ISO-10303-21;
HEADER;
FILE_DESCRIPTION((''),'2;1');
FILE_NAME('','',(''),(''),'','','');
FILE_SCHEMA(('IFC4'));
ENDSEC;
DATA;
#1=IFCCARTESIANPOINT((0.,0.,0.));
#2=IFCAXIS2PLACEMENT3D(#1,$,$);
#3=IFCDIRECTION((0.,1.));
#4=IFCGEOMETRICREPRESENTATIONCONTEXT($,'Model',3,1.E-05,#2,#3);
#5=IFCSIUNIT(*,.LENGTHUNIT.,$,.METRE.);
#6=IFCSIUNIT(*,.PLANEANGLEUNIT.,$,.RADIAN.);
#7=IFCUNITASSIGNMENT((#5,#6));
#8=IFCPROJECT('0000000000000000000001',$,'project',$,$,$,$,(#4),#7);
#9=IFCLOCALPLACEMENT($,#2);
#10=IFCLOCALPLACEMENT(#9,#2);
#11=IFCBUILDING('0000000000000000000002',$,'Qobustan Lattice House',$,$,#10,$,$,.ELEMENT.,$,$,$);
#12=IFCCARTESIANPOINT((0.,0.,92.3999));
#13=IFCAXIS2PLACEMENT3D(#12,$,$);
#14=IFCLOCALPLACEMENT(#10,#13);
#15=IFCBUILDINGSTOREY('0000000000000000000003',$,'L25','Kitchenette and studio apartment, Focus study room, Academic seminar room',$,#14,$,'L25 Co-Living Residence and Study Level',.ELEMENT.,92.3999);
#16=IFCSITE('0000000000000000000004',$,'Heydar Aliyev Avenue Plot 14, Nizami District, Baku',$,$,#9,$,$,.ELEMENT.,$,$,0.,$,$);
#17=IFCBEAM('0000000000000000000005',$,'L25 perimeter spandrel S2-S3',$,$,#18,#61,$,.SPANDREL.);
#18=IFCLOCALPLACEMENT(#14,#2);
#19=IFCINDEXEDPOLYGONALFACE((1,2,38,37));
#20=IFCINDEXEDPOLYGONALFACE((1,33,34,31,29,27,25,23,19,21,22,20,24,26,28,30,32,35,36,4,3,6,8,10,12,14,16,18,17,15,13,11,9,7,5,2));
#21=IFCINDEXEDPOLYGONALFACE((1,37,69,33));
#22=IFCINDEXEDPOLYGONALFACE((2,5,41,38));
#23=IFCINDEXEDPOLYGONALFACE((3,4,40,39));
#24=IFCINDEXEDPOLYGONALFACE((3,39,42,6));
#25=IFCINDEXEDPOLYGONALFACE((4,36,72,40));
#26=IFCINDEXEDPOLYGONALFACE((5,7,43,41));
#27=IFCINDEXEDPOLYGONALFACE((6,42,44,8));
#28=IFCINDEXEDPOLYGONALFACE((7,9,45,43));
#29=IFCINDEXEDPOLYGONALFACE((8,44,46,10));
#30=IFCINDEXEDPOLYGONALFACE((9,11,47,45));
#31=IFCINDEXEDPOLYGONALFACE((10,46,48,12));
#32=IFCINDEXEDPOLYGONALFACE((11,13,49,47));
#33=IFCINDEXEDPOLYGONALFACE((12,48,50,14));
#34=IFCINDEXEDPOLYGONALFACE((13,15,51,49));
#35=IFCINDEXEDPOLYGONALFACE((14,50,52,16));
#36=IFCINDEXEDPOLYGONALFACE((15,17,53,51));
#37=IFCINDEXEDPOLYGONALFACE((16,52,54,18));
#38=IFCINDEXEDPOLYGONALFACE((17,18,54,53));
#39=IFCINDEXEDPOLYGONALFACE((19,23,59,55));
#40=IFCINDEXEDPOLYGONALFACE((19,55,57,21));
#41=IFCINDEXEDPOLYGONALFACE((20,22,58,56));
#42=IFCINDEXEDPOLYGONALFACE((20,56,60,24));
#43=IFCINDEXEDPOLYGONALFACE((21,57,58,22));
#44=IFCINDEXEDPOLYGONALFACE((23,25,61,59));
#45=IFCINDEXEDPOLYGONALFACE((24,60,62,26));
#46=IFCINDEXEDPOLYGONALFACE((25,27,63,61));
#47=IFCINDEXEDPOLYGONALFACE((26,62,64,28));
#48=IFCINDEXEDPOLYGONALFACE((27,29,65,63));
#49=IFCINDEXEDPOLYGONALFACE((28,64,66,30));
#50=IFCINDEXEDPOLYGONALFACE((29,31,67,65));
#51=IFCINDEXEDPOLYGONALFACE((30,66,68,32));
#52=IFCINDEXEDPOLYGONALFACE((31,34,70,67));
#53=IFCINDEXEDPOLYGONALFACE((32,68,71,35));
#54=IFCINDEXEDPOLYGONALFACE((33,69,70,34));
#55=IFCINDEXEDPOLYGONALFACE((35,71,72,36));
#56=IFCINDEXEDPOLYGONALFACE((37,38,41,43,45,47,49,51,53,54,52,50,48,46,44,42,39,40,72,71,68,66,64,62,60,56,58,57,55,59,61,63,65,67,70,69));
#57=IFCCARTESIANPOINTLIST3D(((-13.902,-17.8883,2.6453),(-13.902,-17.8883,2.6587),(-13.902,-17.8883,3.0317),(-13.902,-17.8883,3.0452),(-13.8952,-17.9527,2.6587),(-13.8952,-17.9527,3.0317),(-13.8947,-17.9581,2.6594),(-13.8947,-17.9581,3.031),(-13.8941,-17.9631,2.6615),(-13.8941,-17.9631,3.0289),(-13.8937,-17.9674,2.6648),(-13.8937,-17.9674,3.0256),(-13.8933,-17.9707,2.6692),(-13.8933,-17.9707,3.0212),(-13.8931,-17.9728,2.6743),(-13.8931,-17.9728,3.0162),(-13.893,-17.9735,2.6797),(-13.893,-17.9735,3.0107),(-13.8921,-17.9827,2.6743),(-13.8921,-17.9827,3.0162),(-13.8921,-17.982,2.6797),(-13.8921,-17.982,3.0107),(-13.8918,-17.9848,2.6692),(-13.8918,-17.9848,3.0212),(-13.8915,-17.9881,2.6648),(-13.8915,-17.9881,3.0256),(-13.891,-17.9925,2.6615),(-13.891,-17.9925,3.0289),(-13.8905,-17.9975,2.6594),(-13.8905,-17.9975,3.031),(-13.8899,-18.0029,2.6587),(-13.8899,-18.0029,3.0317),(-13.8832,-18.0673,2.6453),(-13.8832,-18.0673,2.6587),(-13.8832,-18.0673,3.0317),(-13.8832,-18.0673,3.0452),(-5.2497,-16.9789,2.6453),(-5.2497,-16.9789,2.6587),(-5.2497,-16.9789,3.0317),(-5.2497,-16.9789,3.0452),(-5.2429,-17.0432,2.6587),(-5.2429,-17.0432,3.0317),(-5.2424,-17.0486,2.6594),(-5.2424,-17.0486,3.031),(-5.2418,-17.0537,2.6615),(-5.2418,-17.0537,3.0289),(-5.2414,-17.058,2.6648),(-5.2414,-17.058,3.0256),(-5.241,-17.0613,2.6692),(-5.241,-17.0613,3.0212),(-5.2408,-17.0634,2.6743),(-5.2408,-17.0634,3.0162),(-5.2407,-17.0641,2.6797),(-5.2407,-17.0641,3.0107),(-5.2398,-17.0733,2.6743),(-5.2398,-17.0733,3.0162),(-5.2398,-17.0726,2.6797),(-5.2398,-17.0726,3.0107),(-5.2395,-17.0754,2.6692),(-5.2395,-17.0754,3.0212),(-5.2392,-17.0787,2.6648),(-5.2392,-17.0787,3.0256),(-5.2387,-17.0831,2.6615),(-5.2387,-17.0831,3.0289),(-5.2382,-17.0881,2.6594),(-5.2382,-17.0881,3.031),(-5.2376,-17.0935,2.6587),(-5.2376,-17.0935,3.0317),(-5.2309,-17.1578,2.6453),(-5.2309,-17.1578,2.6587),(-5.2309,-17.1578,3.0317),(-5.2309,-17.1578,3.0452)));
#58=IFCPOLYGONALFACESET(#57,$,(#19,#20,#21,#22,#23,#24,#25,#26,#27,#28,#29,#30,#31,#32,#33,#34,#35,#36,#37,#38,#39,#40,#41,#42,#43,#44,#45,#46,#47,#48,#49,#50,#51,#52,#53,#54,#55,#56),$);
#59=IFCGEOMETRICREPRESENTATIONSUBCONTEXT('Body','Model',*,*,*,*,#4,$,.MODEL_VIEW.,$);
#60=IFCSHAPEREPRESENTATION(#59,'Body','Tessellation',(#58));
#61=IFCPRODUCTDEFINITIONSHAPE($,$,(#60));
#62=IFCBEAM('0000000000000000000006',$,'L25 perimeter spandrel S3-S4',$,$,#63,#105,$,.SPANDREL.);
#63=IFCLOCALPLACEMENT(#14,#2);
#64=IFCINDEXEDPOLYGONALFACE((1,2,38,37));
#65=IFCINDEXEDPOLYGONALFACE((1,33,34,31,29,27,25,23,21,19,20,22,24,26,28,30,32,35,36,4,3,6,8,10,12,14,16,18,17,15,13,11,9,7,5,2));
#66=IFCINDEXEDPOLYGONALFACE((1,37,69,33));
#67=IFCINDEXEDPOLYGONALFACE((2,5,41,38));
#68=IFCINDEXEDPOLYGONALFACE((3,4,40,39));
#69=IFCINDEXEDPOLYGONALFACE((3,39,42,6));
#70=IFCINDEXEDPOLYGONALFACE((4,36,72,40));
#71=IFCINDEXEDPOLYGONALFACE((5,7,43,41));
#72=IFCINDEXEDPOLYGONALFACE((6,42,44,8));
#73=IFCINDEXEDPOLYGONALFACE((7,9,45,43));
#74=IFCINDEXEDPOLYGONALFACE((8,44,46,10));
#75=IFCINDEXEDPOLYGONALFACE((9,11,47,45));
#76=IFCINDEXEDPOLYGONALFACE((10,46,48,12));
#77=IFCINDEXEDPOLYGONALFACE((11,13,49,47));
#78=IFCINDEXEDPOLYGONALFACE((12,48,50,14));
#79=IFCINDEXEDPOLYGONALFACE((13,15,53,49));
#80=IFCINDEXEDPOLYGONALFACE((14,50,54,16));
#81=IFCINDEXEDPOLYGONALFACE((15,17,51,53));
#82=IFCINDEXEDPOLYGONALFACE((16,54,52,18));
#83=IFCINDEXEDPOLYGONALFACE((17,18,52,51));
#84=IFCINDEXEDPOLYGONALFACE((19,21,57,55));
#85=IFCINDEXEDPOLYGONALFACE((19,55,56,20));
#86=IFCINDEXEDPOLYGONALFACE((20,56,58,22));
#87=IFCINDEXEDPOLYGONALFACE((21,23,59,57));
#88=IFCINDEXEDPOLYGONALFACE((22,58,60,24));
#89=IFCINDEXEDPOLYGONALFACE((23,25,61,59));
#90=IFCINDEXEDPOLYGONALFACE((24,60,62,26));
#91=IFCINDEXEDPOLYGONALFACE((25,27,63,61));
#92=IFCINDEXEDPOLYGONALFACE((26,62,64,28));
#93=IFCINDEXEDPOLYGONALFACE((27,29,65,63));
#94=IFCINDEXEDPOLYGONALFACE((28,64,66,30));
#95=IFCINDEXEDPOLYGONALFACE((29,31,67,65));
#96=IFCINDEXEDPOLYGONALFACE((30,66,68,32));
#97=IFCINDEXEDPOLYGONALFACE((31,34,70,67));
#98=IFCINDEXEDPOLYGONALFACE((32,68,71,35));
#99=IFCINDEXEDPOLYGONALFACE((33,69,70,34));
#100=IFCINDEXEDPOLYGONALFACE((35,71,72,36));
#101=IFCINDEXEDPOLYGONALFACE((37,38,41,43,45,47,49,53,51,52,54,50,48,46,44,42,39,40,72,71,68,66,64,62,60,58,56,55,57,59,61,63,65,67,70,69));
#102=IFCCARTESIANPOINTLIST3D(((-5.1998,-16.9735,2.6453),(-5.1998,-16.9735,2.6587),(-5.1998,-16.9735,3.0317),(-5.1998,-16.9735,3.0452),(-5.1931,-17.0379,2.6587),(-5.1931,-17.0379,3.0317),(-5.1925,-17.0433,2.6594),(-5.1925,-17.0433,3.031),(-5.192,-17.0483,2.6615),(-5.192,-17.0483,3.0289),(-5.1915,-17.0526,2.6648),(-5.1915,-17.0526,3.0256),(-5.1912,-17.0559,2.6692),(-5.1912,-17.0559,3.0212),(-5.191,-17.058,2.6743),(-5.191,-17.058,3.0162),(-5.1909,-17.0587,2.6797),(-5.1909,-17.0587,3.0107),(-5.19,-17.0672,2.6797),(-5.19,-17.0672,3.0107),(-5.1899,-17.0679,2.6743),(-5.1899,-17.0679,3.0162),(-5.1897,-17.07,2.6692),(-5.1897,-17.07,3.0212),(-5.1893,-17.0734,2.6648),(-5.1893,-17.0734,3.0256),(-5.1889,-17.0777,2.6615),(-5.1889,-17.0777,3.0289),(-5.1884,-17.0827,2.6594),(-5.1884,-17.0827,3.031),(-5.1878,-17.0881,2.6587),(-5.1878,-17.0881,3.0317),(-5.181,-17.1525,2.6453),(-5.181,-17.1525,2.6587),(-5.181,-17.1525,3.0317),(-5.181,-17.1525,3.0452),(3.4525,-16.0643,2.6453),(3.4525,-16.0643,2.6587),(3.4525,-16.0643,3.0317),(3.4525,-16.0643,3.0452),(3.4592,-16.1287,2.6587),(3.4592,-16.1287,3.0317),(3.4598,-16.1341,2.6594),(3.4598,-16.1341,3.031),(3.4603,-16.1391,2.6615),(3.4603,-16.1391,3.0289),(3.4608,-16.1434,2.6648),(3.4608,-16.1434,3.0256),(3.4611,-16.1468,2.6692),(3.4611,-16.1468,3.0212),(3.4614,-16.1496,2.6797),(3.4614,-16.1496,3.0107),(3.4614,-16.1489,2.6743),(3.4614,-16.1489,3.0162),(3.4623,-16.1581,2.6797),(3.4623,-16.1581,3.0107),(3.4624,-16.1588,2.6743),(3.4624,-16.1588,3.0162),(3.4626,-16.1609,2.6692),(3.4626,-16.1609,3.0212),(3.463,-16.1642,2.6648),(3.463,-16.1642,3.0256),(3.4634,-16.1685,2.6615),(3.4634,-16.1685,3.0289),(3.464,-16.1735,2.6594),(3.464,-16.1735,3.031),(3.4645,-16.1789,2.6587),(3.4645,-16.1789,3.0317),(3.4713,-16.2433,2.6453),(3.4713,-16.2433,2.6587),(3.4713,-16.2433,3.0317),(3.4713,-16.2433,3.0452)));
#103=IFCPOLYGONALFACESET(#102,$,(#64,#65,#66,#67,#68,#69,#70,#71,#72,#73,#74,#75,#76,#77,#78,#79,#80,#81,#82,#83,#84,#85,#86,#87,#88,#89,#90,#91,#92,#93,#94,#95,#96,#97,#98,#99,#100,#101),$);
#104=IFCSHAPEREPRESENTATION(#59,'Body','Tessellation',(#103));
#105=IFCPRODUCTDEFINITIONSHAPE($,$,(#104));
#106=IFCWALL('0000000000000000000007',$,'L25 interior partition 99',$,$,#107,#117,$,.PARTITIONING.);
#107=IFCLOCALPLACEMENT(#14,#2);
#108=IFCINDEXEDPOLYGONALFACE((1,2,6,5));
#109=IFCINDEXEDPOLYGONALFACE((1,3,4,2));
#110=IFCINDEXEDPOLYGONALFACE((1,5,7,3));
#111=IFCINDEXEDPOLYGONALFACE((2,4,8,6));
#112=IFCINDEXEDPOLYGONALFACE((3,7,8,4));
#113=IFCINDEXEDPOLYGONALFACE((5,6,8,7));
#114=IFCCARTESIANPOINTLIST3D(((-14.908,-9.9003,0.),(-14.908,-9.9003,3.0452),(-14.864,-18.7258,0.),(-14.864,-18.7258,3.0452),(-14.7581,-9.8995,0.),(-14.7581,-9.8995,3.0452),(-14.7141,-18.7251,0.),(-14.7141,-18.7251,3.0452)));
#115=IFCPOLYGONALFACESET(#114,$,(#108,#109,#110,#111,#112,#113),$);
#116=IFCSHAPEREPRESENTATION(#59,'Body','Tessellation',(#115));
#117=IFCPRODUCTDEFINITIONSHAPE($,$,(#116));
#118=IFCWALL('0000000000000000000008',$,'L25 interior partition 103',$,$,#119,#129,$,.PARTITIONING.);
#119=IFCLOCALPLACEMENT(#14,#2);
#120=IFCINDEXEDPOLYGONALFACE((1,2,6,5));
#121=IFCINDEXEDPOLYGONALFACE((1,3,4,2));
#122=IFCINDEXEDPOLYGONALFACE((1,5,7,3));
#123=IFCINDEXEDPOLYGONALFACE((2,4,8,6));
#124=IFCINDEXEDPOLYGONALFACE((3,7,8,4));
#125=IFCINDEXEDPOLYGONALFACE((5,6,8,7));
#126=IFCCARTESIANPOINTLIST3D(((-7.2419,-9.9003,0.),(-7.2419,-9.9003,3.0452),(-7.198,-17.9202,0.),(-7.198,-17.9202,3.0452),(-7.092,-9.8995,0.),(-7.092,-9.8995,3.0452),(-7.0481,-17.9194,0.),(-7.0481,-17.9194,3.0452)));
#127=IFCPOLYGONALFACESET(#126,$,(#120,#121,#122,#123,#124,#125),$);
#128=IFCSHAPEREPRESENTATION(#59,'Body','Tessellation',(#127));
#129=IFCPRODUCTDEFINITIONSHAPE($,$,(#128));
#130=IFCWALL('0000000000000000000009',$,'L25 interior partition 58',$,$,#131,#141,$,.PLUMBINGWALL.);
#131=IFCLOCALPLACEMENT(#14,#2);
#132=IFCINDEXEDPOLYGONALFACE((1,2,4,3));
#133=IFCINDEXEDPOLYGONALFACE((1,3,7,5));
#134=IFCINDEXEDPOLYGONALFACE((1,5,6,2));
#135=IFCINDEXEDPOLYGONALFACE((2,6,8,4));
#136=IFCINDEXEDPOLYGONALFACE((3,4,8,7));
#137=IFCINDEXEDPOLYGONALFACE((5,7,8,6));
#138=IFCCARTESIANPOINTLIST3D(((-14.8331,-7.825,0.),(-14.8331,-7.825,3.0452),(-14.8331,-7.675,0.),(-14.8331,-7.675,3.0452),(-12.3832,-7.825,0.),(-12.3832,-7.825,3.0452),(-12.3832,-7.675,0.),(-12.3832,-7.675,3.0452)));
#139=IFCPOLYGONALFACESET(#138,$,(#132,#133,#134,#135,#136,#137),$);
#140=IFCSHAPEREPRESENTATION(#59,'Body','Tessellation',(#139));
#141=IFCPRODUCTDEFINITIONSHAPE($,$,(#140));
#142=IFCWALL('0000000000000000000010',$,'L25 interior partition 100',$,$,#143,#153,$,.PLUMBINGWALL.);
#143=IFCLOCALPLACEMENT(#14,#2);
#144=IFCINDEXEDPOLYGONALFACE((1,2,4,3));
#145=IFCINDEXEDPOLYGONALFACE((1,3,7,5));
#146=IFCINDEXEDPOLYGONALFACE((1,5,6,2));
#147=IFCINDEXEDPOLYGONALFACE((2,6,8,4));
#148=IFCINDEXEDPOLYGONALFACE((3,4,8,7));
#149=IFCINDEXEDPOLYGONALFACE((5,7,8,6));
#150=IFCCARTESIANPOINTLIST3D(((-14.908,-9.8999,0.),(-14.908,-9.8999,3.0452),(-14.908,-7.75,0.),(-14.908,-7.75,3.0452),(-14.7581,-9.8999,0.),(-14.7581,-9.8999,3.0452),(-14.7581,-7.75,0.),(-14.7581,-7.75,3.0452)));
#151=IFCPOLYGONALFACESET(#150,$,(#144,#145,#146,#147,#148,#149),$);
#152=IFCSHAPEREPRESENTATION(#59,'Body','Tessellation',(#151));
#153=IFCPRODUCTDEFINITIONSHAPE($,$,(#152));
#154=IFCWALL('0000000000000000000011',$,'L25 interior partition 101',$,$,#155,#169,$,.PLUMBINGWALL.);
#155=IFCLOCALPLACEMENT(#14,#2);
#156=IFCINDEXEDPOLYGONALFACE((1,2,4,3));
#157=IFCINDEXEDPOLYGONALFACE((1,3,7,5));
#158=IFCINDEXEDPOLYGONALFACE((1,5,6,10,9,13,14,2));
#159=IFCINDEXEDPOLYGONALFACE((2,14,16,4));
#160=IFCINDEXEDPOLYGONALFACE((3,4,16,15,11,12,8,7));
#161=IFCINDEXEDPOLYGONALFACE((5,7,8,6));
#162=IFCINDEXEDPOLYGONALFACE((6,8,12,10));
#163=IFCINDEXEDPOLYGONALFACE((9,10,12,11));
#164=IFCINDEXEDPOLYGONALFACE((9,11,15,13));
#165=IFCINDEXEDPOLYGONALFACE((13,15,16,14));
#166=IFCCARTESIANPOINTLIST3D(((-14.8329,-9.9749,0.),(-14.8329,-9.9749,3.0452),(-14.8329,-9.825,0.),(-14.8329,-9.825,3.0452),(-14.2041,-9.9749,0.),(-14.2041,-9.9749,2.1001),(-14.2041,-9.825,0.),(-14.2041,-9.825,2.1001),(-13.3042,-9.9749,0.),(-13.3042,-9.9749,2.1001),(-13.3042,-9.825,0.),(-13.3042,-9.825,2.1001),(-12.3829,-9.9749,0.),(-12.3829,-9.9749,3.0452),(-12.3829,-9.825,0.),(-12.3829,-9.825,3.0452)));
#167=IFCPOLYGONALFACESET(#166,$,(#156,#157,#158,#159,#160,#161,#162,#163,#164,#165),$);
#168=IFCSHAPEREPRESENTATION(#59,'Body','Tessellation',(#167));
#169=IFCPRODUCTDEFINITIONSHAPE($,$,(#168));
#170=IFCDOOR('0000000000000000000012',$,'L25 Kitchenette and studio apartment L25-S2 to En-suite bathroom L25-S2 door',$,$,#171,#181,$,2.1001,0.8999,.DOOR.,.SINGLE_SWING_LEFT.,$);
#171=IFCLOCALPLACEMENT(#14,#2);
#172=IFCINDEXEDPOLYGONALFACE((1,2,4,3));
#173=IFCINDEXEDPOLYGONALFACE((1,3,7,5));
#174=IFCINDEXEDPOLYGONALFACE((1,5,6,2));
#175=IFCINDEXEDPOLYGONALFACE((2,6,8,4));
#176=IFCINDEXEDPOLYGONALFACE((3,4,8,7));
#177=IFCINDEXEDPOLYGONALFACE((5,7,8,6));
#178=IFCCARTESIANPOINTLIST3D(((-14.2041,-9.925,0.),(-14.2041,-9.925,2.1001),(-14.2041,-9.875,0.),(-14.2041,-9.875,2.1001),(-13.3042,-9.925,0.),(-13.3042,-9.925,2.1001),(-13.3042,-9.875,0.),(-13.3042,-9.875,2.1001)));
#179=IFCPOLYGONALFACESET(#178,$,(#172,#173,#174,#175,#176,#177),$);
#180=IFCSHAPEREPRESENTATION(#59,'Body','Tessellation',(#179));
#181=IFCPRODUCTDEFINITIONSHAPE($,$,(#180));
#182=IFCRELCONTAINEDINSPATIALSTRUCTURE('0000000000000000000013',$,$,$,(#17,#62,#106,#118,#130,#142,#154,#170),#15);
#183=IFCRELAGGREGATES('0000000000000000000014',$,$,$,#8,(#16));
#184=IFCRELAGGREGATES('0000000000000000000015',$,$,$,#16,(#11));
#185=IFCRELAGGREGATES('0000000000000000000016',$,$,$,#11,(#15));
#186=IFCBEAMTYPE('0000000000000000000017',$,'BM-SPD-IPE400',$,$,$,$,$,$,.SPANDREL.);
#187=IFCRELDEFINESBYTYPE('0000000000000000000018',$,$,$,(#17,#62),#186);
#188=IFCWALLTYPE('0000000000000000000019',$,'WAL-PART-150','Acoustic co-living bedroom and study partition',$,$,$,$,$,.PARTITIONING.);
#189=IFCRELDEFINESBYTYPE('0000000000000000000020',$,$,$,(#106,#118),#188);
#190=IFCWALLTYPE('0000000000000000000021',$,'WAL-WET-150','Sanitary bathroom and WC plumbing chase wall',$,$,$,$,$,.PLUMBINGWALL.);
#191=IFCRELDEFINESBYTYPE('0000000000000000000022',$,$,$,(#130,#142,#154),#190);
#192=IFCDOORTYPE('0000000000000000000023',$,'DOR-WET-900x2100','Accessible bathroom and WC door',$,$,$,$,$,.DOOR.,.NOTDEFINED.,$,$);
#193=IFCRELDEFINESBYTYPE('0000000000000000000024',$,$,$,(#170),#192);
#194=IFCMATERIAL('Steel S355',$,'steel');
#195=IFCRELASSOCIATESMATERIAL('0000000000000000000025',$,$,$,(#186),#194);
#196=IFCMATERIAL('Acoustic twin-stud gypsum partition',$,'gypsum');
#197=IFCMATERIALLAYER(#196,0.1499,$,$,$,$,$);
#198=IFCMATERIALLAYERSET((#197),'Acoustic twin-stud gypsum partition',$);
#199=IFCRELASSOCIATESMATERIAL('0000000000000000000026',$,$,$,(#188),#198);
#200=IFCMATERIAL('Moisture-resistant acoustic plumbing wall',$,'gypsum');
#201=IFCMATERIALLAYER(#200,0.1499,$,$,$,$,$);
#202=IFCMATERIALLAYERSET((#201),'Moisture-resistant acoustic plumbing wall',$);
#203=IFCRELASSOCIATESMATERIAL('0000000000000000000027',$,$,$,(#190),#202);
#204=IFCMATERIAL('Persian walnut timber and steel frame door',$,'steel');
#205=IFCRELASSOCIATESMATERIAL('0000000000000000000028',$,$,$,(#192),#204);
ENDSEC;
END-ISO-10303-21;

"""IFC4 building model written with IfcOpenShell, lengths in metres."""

from ifc_helpers import new_model, si_unit, direction, frame, frame_2d, origin, origin_2d, place, context, subcontext, project, spatial, rectangle, i_section, extrude, material, layer, layer_set, material_profile, profile_set, type_object, element, fill, save


model = new_model("IFC4")

# Units and contexts
model_context = context("Model", 3, precision=1e-05, world=origin(), true_north=direction((0.0, 1.0)))
body_context = subcontext(model_context, "Body", "Model", "MODEL_VIEW")
ifc_project = project(units=[si_unit("LENGTHUNIT", "METRE"), si_unit("PLANEANGLEUNIT", "RADIAN")], contexts=[model_context])

# Site, building, storey
site_placement = place(None, origin())
site = spatial("IfcSite", under=ifc_project, at=site_placement, Name="Heydar Aliyev Avenue Plot 14, Nizami District, Baku", CompositionType="ELEMENT", RefElevation=0.0)
building_placement = place(site_placement, origin())
building = spatial("IfcBuilding", under=site, at=building_placement, Name="Qobustan Lattice House", CompositionType="ELEMENT")
storey_placement = place(building_placement, frame((0.0, 0.0, 92.3999)))
storey = spatial("IfcBuildingStorey", under=building, at=storey_placement, Name="L25", Description="Kitchenette and studio apartment, Focus study room, Academic seminar room", LongName="L25 Co-Living Residence and Study Level", CompositionType="ELEMENT", Elevation=92.3999)

# Beams
ifc_material_1 = material(Name="Steel S355", Category="steel")
ifc_material_profile_1 = material_profile(ifc_material_1, i_section(OverallWidth=0.1799, OverallDepth=0.3999, WebThickness=0.0085, FlangeThickness=0.0134, FilletRadius=0.021, at=origin_2d()), Name="IPE400")
ifc_profile_set_1 = profile_set([ifc_material_profile_1], Name="Steel S355")
beam_type_1 = type_object("IfcBeamType", Name="BM-SPD-IPE400", PredefinedType="SPANDREL", material=ifc_profile_set_1)
for number, where, z_axis, x_axis, name in (
    (1, (-13.8926, -17.9778, 2.8452), (0.994522, 0.104531, 0.0), (-0.104531, 0.994522, 0.0), "L25 perimeter spandrel S2-S3"),
    (2, (-5.1904, -17.063, 2.8452), (0.994525, 0.104504, 0.0), (-0.104504, 0.994525, 0.0), "L25 perimeter spandrel S3-S4"),
):
    element("IfcBeam", number, at=place(storey_placement, frame(where, z_axis=z_axis, x_axis=x_axis)), inside=storey, type_object=beam_type_1, Name=name, PredefinedType="SPANDREL", context=body_context, shape_type="SweptSolid", body=[
        extrude(i_section(OverallWidth=0.1799, OverallDepth=0.3999, WebThickness=0.0085, FlangeThickness=0.0134, FilletRadius=0.021, at=origin_2d()), origin(), (0.0, 0.0, 1.0), 8.7),
    ])

# Shared definitions
ifc_material_2 = material(Name="Acoustic twin-stud gypsum partition", Category="gypsum")
ifc_layer_1 = layer(ifc_material_2, 0.1499)
ifc_layer_set_1 = layer_set([ifc_layer_1], Name="Acoustic twin-stud gypsum partition")
wall_type_1 = type_object("IfcWallType", Name="WAL-PART-150", Description="Acoustic co-living bedroom and study partition", PredefinedType="PARTITIONING", material=ifc_layer_set_1)

# Walls
wall_1_placement = place(storey_placement, frame((-14.833, -9.8999, 0.0), z_axis=(0.0, 0.0, 1.0), x_axis=(0.004979, -0.999988, 0.0)))
element("IfcWall", 3, at=wall_1_placement, inside=storey, type_object=wall_type_1, Name="L25 interior partition 99", PredefinedType="PARTITIONING", context=body_context, shape_type="SweptSolid", body=[
    extrude(rectangle(XDim=8.8257, YDim=0.1499, at=frame_2d((4.4128, 0.0))), origin(), (0.0, 0.0, 1.0), 3.0452),
])
wall_2_placement = place(storey_placement, frame((-7.167, -9.8999, 0.0), z_axis=(0.0, 0.0, 1.0), x_axis=(0.005479, -0.999985, 0.0)))
element("IfcWall", 4, at=wall_2_placement, inside=storey, type_object=wall_type_1, Name="L25 interior partition 103", PredefinedType="PARTITIONING", context=body_context, shape_type="SweptSolid", body=[
    extrude(rectangle(XDim=8.02, YDim=0.1499, at=frame_2d((4.01, 0.0))), origin(), (0.0, 0.0, 1.0), 3.0452),
])
ifc_material_3 = material(Name="Moisture-resistant acoustic plumbing wall", Category="gypsum")
ifc_layer_2 = layer(ifc_material_3, 0.1499)
ifc_layer_set_2 = layer_set([ifc_layer_2], Name="Moisture-resistant acoustic plumbing wall")
wall_type_2 = type_object("IfcWallType", Name="WAL-WET-150", Description="Sanitary bathroom and WC plumbing chase wall", PredefinedType="PLUMBINGWALL", material=ifc_layer_set_2)
wall_3_placement = place(storey_placement, frame((-12.3831, -7.75, 0.0), z_axis=(0.0, 0.0, 1.0), x_axis=(-1.0, 0.0, 0.0)))
element("IfcWall", 5, at=wall_3_placement, inside=storey, type_object=wall_type_2, Name="L25 interior partition 58", PredefinedType="PLUMBINGWALL", context=body_context, shape_type="SweptSolid", body=[
    extrude(rectangle(XDim=2.45, YDim=0.1499, at=frame_2d((1.2251, 0.0))), origin(), (0.0, 0.0, 1.0), 3.0452),
])
wall_4_placement = place(storey_placement, frame((-14.833, -7.75, 0.0), z_axis=(0.0, 0.0, 1.0), x_axis=(0.0, -1.0, 0.0)))
element("IfcWall", 6, at=wall_4_placement, inside=storey, type_object=wall_type_2, Name="L25 interior partition 100", PredefinedType="PLUMBINGWALL", context=body_context, shape_type="SweptSolid", body=[
    extrude(rectangle(XDim=2.1499, YDim=0.1499, at=frame_2d((1.075, 0.0))), origin(), (0.0, 0.0, 1.0), 3.0452),
])

# Wall, opening, door
wall_5_placement = place(storey_placement, frame((-14.833, -9.8999, 0.0), z_axis=(0.0, 0.0, 1.0), x_axis=(1.0, 0.0, 0.0)))
wall_5 = element("IfcWall", 7, at=wall_5_placement, inside=storey, type_object=wall_type_2, Name="L25 interior partition 101", PredefinedType="PLUMBINGWALL", context=body_context, shape_type="SweptSolid", body=[
    extrude(rectangle(XDim=2.45, YDim=0.1499, at=frame_2d((1.2251, 0.0))), origin(), (0.0, 0.0, 1.0), 3.0452),
])
opening_1_placement = place(wall_5_placement, frame((0.6289, 0.0, 0.0)))
opening_1 = element("IfcOpeningElement", 8, at=opening_1_placement, cuts=wall_5, PredefinedType="OPENING", context=body_context, shape_type="SweptSolid", body=[
    extrude(rectangle(XDim=0.8999, YDim=2.1001, at=frame_2d((0.45, 1.05))), frame((0.0, 0.085, 0.0), z_axis=(0.0, -1.0, 0.0), x_axis=(1.0, 0.0, 0.0)), (0.0, 0.0, 1.0), 0.1699),
])
ifc_material_4 = material(Name="Persian walnut timber and steel frame door", Category="steel")
door_type_1 = type_object("IfcDoorType", Name="DOR-WET-900x2100", Description="Accessible bathroom and WC door", OperationType="NOTDEFINED", PredefinedType="DOOR", material=ifc_material_4)
door_1_placement = place(opening_1_placement, origin())
door_1 = element("IfcDoor", 9, at=door_1_placement, inside=storey, type_object=door_type_1, Name="L25 Kitchenette and studio apartment L25-S2 to En-suite bathroom L25-S2 door", OperationType="SINGLE_SWING_LEFT", OverallHeight=2.1001, OverallWidth=0.8999, PredefinedType="DOOR", context=body_context, shape_type="SweptSolid", body=[
    extrude(rectangle(XDim=0.8999, YDim=2.1001, at=frame_2d((0.45, 1.05))), frame((0.0, 0.0249, 0.0), z_axis=(0.0, -1.0, 0.0), x_axis=(1.0, 0.0, 0.0)), (0.0, 0.0, 1.0), 0.05),
])
fill(opening_1, door_1)

save(model, "model.ifc")
